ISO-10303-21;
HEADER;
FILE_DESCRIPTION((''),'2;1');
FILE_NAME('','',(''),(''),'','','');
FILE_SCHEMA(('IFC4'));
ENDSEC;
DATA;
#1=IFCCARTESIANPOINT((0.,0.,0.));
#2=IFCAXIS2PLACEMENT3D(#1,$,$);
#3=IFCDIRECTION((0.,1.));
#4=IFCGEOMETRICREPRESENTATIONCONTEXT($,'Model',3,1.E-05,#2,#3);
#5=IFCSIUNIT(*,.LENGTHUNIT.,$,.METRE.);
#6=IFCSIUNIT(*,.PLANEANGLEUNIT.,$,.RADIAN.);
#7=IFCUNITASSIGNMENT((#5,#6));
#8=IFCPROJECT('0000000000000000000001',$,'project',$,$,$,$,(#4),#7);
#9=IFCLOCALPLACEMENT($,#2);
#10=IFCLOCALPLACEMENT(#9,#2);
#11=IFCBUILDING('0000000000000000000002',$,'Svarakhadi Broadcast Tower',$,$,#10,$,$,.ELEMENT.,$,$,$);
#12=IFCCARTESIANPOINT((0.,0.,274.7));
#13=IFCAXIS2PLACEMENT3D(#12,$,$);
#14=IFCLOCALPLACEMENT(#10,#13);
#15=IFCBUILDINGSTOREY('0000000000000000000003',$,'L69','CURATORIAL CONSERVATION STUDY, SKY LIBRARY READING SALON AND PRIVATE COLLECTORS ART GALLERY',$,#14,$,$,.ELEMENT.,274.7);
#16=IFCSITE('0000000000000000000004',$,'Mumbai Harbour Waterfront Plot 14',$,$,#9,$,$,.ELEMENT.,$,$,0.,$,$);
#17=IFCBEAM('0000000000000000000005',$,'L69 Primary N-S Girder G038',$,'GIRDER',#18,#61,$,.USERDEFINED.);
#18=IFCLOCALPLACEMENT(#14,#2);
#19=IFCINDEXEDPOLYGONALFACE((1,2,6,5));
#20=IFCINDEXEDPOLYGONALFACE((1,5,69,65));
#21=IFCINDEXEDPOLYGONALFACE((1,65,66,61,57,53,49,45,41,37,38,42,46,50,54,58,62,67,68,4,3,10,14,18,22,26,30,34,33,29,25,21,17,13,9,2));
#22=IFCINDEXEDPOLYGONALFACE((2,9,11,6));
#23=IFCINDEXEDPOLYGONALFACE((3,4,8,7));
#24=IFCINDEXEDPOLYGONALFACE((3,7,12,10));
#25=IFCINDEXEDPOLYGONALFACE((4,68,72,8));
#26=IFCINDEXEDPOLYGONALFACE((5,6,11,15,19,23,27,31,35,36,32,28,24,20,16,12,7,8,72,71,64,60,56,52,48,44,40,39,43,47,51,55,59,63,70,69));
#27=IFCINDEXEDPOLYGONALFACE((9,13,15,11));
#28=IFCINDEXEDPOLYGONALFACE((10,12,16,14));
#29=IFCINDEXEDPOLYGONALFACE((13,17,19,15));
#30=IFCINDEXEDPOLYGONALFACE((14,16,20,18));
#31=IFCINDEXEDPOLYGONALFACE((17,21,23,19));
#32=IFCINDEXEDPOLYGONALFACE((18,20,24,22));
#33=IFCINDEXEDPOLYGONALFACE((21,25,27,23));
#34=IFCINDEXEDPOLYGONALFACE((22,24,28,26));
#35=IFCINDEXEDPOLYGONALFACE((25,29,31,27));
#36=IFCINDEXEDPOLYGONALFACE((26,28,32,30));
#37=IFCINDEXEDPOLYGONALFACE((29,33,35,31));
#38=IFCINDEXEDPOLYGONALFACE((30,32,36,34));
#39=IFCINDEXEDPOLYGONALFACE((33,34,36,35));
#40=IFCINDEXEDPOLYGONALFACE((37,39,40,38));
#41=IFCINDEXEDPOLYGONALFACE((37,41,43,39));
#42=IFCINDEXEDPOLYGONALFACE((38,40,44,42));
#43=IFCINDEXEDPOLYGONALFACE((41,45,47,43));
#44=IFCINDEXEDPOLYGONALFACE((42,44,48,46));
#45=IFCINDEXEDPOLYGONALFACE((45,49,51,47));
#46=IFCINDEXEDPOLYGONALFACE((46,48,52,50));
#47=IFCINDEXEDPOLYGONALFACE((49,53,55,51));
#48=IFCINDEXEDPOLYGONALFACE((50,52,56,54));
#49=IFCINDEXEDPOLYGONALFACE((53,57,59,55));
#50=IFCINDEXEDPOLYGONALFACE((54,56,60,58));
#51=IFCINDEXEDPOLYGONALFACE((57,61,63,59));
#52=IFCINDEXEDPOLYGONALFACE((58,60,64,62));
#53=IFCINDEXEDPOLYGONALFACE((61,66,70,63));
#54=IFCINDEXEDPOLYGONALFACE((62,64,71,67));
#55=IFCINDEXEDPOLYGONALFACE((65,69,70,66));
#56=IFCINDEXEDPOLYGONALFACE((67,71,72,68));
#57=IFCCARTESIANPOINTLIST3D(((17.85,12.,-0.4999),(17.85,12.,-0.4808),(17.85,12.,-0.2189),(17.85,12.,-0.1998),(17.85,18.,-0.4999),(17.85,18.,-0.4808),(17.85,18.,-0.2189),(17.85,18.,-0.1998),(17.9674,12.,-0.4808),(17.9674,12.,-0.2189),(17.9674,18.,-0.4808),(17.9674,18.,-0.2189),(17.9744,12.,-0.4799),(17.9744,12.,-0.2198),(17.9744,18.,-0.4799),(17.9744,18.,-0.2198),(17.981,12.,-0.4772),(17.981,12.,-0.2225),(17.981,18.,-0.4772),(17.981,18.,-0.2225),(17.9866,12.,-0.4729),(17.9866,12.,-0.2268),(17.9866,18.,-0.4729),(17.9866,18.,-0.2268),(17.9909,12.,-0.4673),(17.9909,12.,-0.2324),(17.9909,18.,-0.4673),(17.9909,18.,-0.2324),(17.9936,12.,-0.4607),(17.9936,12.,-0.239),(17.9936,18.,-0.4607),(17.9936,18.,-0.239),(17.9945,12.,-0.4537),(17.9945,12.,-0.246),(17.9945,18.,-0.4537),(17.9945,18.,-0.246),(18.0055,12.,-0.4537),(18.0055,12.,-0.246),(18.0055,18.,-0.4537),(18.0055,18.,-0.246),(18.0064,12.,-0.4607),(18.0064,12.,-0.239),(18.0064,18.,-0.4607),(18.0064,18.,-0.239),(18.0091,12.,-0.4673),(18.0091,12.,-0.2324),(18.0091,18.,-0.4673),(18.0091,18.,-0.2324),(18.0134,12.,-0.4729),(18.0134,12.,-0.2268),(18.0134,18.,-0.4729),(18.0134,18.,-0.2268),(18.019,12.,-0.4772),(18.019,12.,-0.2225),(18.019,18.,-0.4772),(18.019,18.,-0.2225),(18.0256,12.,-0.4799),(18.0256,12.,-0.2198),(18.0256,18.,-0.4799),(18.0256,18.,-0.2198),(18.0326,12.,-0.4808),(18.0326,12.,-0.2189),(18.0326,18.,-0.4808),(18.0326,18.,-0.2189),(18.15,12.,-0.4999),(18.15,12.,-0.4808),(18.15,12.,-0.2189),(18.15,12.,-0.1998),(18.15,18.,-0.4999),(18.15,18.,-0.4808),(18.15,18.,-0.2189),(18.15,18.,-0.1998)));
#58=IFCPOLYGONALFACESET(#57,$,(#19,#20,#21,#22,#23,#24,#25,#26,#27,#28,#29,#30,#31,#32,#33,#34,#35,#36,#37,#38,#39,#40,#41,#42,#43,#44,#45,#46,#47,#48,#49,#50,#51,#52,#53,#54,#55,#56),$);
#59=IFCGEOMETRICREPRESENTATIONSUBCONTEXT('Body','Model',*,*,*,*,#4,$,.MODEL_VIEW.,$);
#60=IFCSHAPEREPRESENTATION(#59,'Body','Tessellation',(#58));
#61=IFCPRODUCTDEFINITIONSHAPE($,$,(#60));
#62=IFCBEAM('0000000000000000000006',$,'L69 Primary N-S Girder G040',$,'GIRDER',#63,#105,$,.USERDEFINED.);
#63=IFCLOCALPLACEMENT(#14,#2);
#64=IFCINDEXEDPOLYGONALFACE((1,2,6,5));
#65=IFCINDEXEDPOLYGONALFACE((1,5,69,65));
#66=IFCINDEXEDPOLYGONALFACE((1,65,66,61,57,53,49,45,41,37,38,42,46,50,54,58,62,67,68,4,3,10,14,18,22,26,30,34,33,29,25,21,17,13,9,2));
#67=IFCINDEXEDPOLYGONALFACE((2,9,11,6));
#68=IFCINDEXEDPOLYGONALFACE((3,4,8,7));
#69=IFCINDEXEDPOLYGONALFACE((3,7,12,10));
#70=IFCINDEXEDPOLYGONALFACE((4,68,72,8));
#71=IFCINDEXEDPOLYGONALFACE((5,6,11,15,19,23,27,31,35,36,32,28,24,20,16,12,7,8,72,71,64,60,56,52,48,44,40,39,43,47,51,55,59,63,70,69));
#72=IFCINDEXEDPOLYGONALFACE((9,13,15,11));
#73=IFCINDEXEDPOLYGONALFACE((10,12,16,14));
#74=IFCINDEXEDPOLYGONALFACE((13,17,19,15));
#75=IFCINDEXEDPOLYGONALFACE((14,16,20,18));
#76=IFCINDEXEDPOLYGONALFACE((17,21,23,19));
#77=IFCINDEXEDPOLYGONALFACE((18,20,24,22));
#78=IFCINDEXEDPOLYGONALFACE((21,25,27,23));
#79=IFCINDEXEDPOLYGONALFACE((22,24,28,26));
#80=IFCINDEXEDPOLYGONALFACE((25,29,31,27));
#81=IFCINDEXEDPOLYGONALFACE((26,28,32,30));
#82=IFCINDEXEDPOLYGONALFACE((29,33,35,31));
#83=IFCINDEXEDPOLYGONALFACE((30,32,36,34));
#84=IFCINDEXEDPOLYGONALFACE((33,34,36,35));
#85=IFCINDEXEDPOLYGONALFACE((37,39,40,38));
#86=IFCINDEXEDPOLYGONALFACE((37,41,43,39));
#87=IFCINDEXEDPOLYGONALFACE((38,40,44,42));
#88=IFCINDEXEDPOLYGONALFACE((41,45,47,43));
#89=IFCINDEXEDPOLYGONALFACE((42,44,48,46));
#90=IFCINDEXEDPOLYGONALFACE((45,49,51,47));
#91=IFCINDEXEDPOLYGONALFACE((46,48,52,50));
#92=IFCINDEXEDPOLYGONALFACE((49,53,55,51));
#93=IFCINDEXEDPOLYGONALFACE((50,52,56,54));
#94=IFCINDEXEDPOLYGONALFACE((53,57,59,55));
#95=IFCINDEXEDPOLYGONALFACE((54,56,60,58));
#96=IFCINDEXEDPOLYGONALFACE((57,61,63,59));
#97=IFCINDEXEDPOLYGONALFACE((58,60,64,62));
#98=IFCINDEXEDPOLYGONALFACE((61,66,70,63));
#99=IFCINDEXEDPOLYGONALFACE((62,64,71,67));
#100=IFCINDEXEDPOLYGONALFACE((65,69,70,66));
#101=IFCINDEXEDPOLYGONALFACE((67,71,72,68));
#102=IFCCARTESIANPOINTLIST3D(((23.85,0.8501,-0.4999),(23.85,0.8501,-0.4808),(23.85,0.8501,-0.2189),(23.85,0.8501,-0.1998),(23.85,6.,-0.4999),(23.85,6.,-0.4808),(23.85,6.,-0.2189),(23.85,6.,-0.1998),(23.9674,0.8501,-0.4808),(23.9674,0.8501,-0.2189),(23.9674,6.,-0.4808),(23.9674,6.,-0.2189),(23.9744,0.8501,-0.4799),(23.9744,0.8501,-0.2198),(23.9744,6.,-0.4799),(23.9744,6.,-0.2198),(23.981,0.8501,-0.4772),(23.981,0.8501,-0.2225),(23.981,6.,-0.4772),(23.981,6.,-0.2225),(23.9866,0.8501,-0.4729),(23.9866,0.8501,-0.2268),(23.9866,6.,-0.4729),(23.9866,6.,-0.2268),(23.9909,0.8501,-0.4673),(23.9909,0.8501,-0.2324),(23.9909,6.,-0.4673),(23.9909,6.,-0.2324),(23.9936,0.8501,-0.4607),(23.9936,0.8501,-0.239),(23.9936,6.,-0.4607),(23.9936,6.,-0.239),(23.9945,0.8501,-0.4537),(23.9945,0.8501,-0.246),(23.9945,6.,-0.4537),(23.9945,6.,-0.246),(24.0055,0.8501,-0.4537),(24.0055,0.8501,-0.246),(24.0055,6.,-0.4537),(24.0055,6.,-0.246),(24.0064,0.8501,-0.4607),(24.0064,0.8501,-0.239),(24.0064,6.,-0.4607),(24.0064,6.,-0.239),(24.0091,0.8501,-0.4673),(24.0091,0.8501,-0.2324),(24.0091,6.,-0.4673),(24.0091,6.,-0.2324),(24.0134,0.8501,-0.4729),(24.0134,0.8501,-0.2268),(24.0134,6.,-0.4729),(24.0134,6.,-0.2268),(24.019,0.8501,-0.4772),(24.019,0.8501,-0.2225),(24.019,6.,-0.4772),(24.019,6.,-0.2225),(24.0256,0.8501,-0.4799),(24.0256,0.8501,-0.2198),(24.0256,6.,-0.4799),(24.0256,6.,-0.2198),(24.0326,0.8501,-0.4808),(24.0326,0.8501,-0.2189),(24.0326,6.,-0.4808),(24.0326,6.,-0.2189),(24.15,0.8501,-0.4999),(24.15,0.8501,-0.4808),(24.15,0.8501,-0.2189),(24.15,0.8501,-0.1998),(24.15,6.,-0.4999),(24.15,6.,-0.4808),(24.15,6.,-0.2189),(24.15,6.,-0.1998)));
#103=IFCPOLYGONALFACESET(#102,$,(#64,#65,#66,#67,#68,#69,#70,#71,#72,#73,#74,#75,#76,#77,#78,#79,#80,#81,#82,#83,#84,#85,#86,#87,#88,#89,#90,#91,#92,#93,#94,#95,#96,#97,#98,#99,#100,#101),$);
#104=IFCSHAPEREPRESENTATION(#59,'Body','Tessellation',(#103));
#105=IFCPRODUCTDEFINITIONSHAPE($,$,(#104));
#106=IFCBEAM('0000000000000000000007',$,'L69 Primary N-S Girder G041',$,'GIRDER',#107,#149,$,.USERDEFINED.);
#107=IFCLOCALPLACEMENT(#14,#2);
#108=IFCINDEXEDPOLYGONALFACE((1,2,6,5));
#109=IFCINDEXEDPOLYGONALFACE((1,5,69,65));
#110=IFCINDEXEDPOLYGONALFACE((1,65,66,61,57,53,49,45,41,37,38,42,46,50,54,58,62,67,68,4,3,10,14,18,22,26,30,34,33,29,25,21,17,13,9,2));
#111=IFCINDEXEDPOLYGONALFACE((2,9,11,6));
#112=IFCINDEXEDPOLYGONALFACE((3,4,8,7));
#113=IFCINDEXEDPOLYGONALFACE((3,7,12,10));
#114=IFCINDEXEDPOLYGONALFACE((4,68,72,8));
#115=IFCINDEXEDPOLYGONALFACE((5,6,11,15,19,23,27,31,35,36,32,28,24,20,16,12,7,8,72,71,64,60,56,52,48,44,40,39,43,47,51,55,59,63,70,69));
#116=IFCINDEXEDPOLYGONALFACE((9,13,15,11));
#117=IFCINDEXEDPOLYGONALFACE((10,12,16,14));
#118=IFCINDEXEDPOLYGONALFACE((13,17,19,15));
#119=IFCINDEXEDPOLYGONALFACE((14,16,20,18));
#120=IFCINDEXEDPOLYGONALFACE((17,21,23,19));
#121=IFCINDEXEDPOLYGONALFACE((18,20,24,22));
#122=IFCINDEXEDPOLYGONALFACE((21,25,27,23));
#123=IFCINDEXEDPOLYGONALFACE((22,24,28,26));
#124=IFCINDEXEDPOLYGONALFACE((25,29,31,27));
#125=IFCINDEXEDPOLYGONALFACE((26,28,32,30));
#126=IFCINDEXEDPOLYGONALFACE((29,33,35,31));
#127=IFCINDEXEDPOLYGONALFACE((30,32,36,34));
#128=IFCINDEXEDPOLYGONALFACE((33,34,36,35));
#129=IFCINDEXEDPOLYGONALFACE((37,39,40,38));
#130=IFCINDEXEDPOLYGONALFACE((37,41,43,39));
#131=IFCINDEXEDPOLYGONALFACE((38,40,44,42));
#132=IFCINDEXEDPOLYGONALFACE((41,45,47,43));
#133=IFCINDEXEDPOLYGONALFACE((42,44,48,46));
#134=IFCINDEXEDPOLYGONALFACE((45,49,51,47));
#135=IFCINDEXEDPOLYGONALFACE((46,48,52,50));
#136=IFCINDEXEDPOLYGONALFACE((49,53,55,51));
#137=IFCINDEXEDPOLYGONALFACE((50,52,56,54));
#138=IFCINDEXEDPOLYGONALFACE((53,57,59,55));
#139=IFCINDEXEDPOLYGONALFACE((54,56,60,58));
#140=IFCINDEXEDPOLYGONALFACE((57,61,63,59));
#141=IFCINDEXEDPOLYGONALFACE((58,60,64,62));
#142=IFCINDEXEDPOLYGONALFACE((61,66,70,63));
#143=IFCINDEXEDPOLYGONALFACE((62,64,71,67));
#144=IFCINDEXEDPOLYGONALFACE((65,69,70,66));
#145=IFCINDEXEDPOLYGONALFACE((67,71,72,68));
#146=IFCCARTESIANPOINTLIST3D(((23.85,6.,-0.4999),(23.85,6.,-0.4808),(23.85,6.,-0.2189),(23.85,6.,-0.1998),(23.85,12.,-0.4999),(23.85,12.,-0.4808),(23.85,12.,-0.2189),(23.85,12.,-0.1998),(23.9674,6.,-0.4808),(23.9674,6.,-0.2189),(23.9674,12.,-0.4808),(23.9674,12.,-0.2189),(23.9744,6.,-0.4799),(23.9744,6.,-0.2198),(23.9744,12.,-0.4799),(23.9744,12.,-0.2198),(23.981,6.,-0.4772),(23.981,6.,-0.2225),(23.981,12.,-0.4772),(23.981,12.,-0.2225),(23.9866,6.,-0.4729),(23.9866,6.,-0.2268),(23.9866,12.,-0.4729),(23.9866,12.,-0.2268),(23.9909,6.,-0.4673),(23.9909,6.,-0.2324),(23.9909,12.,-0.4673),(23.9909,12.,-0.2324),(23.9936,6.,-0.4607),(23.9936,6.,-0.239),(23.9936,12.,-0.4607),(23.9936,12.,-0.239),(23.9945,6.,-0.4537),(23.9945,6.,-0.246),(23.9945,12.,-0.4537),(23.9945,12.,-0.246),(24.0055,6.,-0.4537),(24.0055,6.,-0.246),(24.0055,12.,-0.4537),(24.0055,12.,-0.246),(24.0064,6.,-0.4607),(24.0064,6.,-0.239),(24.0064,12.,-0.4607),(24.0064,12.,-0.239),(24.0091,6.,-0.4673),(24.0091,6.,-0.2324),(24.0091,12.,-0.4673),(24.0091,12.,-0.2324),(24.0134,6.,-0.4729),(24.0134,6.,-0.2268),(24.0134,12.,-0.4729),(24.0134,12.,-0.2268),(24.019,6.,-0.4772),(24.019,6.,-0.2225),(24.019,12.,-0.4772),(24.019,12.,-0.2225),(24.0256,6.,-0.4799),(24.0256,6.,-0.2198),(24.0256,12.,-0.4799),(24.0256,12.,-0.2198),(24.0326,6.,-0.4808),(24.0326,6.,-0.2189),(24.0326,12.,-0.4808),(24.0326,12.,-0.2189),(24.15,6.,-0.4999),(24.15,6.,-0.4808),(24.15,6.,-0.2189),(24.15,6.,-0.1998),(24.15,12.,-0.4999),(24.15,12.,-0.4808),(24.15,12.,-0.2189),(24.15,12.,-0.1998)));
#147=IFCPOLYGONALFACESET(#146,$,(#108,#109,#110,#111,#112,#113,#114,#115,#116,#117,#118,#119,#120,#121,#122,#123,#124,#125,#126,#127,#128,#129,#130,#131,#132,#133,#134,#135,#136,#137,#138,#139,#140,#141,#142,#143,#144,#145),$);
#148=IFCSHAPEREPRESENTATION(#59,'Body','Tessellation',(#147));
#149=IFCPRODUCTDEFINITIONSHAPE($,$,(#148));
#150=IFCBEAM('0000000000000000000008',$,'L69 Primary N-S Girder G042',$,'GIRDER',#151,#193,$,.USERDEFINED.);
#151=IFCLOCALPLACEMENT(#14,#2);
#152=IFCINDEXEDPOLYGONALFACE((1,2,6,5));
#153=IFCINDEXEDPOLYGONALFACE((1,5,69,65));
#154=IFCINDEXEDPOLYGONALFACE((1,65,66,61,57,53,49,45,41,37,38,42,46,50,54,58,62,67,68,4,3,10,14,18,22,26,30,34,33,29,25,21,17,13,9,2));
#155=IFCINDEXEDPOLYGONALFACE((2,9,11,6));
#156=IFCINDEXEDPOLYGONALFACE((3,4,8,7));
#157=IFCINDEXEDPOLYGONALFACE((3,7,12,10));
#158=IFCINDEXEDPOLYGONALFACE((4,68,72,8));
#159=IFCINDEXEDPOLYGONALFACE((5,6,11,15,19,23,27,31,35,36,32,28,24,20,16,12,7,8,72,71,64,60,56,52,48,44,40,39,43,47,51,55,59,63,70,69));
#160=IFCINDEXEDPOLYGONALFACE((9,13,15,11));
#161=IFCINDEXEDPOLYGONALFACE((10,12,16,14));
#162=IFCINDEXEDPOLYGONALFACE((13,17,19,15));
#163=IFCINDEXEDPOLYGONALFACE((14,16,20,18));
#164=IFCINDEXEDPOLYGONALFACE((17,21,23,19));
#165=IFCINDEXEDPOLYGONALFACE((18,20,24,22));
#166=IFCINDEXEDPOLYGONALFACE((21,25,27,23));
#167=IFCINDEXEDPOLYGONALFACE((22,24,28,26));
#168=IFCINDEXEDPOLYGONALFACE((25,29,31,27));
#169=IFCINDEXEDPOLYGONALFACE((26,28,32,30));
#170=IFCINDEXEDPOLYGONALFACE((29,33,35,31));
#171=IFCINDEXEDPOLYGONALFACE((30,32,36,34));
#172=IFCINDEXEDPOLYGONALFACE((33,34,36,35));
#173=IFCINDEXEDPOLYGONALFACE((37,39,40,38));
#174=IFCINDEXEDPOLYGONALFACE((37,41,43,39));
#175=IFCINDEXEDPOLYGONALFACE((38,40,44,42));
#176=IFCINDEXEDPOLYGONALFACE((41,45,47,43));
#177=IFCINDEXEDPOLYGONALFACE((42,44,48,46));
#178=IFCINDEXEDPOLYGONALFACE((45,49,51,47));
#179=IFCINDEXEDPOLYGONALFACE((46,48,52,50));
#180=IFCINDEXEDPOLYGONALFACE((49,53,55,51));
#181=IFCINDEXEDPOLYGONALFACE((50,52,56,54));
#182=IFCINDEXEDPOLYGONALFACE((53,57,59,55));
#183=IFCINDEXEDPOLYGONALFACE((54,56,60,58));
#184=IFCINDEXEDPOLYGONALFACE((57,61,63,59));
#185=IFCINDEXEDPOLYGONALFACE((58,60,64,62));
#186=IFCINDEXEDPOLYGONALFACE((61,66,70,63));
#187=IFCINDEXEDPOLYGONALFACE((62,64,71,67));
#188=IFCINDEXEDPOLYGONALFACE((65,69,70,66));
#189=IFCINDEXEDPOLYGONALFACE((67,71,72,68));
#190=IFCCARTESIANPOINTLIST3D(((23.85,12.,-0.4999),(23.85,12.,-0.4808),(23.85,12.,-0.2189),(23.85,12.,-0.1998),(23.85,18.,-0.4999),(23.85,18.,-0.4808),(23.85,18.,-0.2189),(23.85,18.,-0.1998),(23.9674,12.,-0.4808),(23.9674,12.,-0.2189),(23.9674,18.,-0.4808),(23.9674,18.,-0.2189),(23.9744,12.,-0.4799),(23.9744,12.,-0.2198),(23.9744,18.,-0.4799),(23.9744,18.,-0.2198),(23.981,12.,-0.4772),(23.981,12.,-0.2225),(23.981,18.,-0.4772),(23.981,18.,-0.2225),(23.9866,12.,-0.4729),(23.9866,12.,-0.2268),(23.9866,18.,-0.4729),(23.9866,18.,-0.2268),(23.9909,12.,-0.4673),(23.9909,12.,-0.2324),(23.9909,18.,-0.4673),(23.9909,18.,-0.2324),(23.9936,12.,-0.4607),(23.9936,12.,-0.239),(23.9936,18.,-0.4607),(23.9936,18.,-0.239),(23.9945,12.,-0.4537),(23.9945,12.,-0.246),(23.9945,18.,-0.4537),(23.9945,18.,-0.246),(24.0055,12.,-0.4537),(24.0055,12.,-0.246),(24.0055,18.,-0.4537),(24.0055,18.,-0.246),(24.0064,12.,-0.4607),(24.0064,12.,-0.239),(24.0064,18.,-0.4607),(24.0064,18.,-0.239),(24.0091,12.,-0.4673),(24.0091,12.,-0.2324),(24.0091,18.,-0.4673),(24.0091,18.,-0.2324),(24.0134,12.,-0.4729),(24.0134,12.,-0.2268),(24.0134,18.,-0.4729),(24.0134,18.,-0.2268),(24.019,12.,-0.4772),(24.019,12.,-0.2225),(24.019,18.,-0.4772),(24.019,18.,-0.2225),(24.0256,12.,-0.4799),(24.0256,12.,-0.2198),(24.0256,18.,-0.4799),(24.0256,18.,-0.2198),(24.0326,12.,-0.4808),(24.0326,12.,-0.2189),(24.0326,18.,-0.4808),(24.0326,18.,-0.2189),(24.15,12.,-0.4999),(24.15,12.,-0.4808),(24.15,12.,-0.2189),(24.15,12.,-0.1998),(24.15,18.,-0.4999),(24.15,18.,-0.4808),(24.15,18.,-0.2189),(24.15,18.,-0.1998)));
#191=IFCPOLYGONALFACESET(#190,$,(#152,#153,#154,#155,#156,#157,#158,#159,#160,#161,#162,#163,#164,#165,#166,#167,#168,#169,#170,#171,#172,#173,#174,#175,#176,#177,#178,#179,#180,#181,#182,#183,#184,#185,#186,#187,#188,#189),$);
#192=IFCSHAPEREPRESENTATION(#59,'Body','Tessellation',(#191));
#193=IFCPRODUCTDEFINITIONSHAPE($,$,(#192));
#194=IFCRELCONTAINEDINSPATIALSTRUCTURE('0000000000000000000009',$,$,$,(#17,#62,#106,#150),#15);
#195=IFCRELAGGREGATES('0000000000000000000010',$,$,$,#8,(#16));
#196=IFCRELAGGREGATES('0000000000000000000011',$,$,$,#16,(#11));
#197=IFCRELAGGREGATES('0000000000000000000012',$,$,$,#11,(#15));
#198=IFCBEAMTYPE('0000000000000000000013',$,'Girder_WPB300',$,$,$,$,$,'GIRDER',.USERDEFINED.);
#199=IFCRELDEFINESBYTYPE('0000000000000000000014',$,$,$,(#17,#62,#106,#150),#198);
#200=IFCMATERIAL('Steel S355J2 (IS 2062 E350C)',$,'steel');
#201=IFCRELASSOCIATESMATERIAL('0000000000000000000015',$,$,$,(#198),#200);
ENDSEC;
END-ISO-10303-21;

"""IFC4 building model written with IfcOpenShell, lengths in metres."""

from ifc_helpers import new_model, si_unit, direction, frame, origin, origin_2d, place, context, subcontext, project, spatial, i_section, extrude, material, material_profile, profile_set, type_object, element, save


model = new_model("IFC4")

# Units and contexts
model_context = context("Model", 3, precision=1e-05, world=origin(), true_north=direction((0.0, 1.0)))
body_context = subcontext(model_context, "Body", "Model", "MODEL_VIEW")
ifc_project = project(units=[si_unit("LENGTHUNIT", "METRE"), si_unit("PLANEANGLEUNIT", "RADIAN")], contexts=[model_context])

# Site, building, storey
site_placement = place(None, origin())
site = spatial("IfcSite", under=ifc_project, at=site_placement, Name="Mumbai Harbour Waterfront Plot 14", CompositionType="ELEMENT", RefElevation=0.0)
building_placement = place(site_placement, origin())
building = spatial("IfcBuilding", under=site, at=building_placement, Name="Svarakhadi Broadcast Tower", CompositionType="ELEMENT")
storey_placement = place(building_placement, frame((0.0, 0.0, 274.7)))
storey = spatial("IfcBuildingStorey", under=building, at=storey_placement, Name="L69", Description="CURATORIAL CONSERVATION STUDY, SKY LIBRARY READING SALON AND PRIVATE COLLECTORS ART GALLERY", CompositionType="ELEMENT", Elevation=274.7)

# Beams
ifc_material_1 = material(Name="Steel S355J2 (IS 2062 E350C)", Category="steel")
ifc_material_profile_1 = material_profile(ifc_material_1, i_section(OverallWidth=0.3, OverallDepth=0.3, WebThickness=0.011, FlangeThickness=0.019, FilletRadius=0.0271, at=origin_2d()), Name="WPB 300x300x117")
ifc_profile_set_1 = profile_set([ifc_material_profile_1], Name="Steel S355J2 (IS 2062 E350C)")
beam_type_1 = type_object("IfcBeamType", Name="Girder_WPB300", ElementType="GIRDER", PredefinedType="USERDEFINED", material=ifc_profile_set_1)
for number, where, z_axis, x_axis, name in (
    (1, (18.0, 12.0, -0.3499), (0.0, 1.0, 0.0), (-1.0, 0.0, 0.0), "L69 Primary N-S Girder G038"),
):
    element("IfcBeam", number, at=place(storey_placement, frame(where, z_axis=z_axis, x_axis=x_axis)), inside=storey, type_object=beam_type_1, Name=name, ObjectType="GIRDER", PredefinedType="USERDEFINED", context=body_context, shape_type="SweptSolid", body=[
        extrude(i_section(OverallWidth=0.3, OverallDepth=0.3, WebThickness=0.011, FlangeThickness=0.019, FilletRadius=0.0271, at=origin_2d()), origin(), (0.0, 0.0, 1.0), 6.0),
    ])
beam_1_placement = place(storey_placement, frame((24.0, 0.8501, -0.3499), z_axis=(0.0, 1.0, 0.0), x_axis=(-1.0, 0.0, 0.0)))
element("IfcBeam", 2, at=beam_1_placement, inside=storey, type_object=beam_type_1, Name="L69 Primary N-S Girder G040", ObjectType="GIRDER", PredefinedType="USERDEFINED", context=body_context, shape_type="SweptSolid", body=[
    extrude(i_section(OverallWidth=0.3, OverallDepth=0.3, WebThickness=0.011, FlangeThickness=0.019, FilletRadius=0.0271, at=origin_2d()), origin(), (0.0, 0.0, 1.0), 5.1499),
])
for number, where, z_axis, x_axis, name in (
    (3, (24.0, 6.0, -0.3499), (0.0, 1.0, 0.0), (-1.0, 0.0, 0.0), "L69 Primary N-S Girder G041"),
    (4, (24.0, 12.0, -0.3499), (0.0, 1.0, 0.0), (-1.0, 0.0, 0.0), "L69 Primary N-S Girder G042"),
):
    element("IfcBeam", number, at=place(storey_placement, frame(where, z_axis=z_axis, x_axis=x_axis)), inside=storey, type_object=beam_type_1, Name=name, ObjectType="GIRDER", PredefinedType="USERDEFINED", context=body_context, shape_type="SweptSolid", body=[
        extrude(i_section(OverallWidth=0.3, OverallDepth=0.3, WebThickness=0.011, FlangeThickness=0.019, FilletRadius=0.0271, at=origin_2d()), origin(), (0.0, 0.0, 1.0), 6.0),
    ])

save(model, "model.ifc")
